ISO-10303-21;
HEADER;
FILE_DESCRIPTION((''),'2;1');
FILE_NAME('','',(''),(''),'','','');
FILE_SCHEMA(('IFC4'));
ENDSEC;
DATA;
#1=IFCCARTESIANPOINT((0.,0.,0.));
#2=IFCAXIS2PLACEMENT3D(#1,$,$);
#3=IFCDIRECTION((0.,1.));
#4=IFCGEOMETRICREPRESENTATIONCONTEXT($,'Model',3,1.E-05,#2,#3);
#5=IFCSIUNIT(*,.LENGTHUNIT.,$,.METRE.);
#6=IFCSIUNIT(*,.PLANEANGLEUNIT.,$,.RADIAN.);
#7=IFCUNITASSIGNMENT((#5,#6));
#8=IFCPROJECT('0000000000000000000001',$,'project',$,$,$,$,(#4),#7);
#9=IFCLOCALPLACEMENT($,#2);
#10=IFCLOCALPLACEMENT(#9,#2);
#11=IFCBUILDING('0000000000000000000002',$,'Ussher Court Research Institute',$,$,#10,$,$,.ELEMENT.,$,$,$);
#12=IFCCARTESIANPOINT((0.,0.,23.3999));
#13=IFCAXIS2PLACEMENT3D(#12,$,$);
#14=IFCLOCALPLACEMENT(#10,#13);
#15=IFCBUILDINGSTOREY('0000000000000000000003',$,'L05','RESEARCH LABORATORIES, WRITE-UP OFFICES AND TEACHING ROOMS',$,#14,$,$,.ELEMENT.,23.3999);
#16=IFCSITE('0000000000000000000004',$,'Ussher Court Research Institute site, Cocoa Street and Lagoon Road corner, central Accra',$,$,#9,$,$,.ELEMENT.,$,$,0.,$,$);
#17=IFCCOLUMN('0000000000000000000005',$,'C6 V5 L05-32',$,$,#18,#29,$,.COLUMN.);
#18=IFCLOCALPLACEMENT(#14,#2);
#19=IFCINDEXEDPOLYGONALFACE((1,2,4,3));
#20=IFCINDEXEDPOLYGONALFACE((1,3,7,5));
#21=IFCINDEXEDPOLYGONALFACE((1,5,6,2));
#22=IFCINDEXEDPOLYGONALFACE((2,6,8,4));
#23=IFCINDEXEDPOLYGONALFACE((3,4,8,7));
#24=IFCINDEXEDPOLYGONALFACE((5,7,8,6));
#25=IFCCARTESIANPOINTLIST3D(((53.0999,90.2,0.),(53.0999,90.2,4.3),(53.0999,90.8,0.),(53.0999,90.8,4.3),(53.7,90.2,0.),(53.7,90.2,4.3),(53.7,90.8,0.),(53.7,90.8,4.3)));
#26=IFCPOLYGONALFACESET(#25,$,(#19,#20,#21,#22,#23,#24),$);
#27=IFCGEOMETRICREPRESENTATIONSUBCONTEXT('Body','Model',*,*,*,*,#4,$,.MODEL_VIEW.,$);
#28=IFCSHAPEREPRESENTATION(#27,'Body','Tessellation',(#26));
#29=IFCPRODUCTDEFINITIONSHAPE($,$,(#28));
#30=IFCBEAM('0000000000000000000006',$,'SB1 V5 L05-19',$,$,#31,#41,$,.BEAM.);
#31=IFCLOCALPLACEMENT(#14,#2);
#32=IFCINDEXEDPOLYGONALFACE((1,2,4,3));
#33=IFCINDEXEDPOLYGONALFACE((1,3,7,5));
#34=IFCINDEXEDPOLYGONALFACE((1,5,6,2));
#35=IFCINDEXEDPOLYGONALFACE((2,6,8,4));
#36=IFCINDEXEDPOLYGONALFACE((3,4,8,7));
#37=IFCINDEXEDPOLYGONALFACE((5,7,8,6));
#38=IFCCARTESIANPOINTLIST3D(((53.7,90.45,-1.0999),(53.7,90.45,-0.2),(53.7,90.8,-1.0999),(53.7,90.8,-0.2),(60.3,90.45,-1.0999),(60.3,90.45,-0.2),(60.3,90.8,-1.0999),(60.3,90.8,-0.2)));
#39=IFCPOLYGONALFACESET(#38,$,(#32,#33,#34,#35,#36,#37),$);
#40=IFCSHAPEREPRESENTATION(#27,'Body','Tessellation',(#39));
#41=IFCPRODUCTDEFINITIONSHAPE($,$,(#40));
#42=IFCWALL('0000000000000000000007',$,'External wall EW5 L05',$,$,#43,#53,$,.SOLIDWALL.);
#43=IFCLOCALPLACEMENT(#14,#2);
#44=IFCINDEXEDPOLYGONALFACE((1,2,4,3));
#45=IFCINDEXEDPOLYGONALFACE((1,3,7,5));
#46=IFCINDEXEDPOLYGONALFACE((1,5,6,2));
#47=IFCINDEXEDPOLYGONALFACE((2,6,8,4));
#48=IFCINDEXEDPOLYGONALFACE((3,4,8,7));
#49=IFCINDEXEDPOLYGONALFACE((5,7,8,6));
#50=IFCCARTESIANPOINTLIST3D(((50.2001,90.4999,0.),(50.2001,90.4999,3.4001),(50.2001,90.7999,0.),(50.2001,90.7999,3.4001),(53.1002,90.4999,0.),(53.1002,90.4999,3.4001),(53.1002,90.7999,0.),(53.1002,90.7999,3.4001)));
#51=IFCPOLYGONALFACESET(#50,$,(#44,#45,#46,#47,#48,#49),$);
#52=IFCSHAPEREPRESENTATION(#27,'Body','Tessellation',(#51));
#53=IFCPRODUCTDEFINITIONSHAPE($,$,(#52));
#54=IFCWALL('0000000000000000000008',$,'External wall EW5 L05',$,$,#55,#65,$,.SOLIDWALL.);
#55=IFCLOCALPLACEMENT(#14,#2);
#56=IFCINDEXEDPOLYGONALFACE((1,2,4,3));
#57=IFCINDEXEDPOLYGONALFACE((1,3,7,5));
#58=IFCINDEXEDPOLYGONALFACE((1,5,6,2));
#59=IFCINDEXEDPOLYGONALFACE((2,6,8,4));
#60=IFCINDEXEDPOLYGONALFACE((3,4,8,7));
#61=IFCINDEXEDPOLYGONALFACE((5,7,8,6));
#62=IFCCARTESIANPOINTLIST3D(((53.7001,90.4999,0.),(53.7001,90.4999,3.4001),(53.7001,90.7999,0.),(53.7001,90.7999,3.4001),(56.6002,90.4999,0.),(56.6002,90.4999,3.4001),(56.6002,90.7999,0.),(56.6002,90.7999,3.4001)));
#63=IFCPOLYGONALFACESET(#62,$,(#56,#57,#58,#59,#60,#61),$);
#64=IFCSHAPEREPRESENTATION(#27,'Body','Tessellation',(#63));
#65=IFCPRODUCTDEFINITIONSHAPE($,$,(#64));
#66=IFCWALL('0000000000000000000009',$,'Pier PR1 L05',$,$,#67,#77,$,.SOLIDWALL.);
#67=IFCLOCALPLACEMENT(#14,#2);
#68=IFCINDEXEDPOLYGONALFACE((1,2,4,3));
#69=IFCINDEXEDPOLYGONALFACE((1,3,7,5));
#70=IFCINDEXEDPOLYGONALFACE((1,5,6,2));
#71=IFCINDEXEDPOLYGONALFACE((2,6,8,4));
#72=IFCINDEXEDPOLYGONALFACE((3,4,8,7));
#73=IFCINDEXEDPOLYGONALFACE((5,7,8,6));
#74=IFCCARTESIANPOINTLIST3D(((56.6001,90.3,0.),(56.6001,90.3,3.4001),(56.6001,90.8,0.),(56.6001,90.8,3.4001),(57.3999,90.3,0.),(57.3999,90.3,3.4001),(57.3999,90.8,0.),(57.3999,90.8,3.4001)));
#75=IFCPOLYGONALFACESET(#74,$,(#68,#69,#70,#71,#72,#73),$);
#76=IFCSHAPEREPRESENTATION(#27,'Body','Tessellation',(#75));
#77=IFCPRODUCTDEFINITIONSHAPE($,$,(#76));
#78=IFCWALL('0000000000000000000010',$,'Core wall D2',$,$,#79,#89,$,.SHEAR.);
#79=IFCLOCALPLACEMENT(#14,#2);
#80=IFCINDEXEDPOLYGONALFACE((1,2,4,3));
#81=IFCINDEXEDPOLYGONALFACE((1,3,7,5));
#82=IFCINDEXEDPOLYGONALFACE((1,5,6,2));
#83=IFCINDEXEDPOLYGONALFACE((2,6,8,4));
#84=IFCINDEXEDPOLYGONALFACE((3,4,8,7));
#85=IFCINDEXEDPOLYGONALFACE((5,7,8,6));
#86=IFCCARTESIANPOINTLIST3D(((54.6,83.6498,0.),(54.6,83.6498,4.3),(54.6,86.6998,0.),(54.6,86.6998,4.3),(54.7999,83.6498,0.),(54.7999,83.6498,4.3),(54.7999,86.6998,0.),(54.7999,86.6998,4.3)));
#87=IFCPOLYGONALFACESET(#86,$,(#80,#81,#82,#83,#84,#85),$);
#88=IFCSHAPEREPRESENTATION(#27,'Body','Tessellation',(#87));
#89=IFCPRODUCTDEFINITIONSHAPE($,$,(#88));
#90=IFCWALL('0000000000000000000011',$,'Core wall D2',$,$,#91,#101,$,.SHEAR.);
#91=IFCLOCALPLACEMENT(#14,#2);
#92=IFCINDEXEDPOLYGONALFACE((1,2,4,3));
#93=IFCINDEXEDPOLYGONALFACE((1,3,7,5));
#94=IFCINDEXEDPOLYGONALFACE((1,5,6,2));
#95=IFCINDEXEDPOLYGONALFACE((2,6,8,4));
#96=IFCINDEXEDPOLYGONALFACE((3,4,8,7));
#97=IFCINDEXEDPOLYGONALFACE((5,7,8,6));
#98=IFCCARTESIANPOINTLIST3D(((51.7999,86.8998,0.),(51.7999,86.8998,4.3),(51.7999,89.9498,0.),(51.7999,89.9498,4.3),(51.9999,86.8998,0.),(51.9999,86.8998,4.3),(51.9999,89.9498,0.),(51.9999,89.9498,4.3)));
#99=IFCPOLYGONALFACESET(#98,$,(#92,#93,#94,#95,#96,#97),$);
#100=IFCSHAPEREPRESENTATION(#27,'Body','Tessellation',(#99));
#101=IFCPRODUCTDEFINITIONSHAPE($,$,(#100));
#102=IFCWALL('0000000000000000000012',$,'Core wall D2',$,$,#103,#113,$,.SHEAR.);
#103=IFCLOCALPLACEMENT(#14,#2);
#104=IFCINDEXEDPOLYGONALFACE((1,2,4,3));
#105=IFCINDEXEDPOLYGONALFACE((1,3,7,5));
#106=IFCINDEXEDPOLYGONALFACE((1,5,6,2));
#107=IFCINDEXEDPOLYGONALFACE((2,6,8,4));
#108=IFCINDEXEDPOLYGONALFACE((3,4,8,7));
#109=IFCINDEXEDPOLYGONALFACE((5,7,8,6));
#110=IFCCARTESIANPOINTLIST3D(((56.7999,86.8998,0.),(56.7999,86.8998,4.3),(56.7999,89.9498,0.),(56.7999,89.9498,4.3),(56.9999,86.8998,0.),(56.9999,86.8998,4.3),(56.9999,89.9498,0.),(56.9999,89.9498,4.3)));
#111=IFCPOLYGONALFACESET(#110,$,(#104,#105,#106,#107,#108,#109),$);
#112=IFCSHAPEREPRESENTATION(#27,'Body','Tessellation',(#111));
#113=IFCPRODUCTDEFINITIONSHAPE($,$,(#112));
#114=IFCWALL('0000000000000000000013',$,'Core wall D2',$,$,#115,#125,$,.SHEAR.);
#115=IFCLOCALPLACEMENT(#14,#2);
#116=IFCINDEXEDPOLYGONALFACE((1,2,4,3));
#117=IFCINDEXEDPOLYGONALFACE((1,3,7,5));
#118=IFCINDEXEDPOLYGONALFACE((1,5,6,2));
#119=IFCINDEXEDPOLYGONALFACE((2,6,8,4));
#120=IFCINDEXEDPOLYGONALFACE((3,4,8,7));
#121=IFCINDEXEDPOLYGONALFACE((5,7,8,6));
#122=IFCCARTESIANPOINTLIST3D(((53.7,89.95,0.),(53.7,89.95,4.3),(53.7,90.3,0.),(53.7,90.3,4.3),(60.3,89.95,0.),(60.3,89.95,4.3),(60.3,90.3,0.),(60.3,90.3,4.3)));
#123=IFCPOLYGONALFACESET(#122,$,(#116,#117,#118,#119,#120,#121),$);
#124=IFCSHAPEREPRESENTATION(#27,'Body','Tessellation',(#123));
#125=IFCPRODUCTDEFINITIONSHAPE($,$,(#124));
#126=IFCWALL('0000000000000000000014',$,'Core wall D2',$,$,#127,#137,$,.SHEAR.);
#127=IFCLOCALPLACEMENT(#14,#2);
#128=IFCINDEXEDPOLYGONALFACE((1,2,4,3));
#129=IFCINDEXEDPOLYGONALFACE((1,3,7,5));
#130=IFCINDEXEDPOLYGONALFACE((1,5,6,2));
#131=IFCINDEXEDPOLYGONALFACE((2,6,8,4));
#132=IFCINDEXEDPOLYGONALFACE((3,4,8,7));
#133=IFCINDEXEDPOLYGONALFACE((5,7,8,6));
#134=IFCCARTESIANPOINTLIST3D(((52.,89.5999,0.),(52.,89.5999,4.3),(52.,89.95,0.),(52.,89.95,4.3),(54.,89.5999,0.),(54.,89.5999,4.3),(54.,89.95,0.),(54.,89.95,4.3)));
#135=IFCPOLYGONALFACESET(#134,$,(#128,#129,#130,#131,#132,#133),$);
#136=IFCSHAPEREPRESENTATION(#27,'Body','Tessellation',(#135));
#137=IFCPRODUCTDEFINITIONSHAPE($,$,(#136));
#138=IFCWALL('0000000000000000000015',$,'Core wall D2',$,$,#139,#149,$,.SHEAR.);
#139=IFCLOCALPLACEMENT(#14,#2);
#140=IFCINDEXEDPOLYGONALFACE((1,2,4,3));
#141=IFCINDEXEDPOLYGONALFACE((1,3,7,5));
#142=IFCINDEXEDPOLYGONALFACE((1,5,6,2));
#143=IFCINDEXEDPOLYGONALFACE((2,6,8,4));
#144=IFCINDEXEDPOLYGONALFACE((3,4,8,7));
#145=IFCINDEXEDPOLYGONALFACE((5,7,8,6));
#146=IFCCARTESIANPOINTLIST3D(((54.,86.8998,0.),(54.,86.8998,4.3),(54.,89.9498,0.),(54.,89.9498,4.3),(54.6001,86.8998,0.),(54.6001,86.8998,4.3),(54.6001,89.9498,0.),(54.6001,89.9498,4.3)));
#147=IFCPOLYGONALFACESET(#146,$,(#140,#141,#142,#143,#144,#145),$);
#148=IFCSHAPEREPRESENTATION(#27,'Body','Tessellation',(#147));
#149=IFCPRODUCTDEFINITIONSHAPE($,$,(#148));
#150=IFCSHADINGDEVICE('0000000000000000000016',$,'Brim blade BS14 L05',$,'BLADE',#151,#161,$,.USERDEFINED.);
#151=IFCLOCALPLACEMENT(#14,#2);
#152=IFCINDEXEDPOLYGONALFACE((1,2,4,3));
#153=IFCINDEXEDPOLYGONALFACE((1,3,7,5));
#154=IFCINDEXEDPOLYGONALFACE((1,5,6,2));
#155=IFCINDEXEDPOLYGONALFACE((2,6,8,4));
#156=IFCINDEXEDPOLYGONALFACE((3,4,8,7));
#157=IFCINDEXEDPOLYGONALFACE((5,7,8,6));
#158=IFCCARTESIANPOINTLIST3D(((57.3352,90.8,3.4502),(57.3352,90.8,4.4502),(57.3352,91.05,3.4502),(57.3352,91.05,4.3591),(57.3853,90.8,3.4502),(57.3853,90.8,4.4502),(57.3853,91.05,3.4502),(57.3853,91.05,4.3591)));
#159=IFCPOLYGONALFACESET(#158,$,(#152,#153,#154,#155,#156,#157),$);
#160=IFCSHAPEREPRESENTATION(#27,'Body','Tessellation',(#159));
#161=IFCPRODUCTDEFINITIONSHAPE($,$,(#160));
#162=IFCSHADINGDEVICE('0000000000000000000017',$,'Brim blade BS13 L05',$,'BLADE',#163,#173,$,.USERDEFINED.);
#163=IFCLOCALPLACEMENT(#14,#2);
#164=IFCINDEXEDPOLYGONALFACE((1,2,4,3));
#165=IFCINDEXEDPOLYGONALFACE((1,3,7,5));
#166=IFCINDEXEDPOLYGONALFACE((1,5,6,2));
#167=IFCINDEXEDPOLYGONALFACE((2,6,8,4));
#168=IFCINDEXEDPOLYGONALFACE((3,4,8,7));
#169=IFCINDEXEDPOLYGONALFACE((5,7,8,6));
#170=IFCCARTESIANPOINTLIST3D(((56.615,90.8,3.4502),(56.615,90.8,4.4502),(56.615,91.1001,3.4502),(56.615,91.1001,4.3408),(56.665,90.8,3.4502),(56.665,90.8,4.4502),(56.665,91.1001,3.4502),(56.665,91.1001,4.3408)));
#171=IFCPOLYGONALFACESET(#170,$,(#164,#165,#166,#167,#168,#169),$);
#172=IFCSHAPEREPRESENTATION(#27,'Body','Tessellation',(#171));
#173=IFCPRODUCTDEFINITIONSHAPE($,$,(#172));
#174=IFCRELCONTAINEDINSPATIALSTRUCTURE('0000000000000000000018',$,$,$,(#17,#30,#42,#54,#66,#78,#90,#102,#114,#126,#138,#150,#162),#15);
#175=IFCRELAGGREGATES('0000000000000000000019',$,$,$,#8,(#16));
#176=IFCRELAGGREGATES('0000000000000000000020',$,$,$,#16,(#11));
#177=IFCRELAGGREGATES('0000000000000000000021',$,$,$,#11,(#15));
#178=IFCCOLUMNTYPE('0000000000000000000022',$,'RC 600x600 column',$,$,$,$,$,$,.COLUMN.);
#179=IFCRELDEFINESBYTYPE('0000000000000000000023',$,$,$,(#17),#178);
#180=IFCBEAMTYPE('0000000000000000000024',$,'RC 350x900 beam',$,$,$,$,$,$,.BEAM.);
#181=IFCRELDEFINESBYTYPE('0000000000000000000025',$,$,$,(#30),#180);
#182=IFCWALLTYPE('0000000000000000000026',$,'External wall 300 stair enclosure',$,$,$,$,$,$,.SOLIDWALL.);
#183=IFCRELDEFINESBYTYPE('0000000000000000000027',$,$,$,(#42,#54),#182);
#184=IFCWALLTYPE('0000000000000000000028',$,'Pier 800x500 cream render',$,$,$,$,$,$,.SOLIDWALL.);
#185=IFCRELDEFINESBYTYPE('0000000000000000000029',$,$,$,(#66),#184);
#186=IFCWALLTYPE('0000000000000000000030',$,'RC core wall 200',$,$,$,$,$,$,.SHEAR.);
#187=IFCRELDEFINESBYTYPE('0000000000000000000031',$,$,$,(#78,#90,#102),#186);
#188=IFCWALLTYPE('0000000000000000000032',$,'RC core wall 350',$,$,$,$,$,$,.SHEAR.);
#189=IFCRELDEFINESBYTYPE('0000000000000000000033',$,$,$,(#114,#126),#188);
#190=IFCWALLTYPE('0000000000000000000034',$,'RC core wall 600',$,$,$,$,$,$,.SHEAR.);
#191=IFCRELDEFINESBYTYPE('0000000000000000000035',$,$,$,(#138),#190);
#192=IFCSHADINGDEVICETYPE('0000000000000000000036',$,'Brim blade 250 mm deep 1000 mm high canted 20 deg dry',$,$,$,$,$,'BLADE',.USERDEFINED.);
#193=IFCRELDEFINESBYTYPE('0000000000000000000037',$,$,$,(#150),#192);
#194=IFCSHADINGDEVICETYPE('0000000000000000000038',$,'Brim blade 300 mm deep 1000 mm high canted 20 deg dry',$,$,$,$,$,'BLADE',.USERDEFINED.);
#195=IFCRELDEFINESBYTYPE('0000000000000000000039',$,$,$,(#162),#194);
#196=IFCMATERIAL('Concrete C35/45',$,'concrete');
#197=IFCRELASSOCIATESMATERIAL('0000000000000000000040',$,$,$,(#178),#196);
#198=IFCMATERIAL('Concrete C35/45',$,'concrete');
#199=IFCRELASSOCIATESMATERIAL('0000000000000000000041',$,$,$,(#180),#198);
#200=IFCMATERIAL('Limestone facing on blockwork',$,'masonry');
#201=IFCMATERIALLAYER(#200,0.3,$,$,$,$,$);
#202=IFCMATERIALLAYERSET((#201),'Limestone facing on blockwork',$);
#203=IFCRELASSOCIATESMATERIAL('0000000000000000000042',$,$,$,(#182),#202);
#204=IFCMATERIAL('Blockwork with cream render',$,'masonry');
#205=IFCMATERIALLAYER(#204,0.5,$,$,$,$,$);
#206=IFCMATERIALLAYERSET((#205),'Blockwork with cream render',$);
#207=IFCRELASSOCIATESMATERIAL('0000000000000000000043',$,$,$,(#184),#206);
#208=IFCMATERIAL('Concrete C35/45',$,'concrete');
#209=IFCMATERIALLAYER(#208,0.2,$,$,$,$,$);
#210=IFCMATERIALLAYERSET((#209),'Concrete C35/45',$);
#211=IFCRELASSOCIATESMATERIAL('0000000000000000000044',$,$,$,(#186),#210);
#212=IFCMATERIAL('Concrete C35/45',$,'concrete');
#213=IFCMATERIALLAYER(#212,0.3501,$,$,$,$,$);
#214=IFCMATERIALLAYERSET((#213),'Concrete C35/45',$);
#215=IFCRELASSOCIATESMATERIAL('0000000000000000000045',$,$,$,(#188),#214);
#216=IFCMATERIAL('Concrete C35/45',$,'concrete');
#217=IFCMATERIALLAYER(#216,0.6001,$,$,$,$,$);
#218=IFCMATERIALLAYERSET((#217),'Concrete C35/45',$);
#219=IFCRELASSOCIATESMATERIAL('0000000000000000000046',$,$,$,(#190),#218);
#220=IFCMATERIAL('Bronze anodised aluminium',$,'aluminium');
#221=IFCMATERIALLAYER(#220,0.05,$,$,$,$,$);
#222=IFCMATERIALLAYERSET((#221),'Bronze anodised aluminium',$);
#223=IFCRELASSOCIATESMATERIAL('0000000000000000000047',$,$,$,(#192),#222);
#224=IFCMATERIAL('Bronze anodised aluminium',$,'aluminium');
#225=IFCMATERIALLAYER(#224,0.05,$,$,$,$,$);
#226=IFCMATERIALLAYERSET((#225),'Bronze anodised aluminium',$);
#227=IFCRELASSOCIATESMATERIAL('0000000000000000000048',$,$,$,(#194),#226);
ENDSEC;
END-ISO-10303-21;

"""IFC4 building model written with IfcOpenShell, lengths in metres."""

from ifc_helpers import new_model, si_unit, direction, frame, frame_2d, origin, origin_2d, place, context, subcontext, project, spatial, polyline, rectangle, outline, extrude, material, layer, layer_set, material_profile, profile_set, type_object, element, save


model = new_model("IFC4")

# Units and contexts
model_context = context("Model", 3, precision=1e-05, world=origin(), true_north=direction((0.0, 1.0)))
body_context = subcontext(model_context, "Body", "Model", "MODEL_VIEW")
ifc_project = project(units=[si_unit("LENGTHUNIT", "METRE"), si_unit("PLANEANGLEUNIT", "RADIAN")], contexts=[model_context])

# Site, building, storey
site_placement = place(None, origin())
site = spatial("IfcSite", under=ifc_project, at=site_placement, Name="Ussher Court Research Institute site, Cocoa Street and Lagoon Road corner, central Accra", CompositionType="ELEMENT", RefElevation=0.0)
building_placement = place(site_placement, origin())
building = spatial("IfcBuilding", under=site, at=building_placement, Name="Ussher Court Research Institute", CompositionType="ELEMENT")
storey_placement = place(building_placement, frame((0.0, 0.0, 23.3999)))
storey = spatial("IfcBuildingStorey", under=building, at=storey_placement, Name="L05", Description="RESEARCH LABORATORIES, WRITE-UP OFFICES AND TEACHING ROOMS", CompositionType="ELEMENT", Elevation=23.3999)

# Column
ifc_material_1 = material(Name="Concrete C35/45", Category="concrete")
ifc_material_profile_1 = material_profile(ifc_material_1, rectangle(XDim=0.6001, YDim=0.6001, at=origin_2d()), Name="RC 600x600")
ifc_profile_set_1 = profile_set([ifc_material_profile_1], Name="Concrete C35/45")
column_type = type_object("IfcColumnType", Name="RC 600x600 column", PredefinedType="COLUMN", material=ifc_profile_set_1)
column_placement = place(storey_placement, frame((53.3999, 90.5, 0.0), z_axis=(0.0, 0.0, 1.0), x_axis=(1.0, 0.0, 0.0)))
element("IfcColumn", 1, at=column_placement, inside=storey, type_object=column_type, Name="C6 V5 L05-32", PredefinedType="COLUMN", context=body_context, shape_type="SweptSolid", body=[
    extrude(rectangle(XDim=0.6001, YDim=0.6001, at=origin_2d()), origin(), (0.0, 0.0, 1.0), 4.3),
])

# Beam
ifc_material_2 = material(Name="Concrete C35/45", Category="concrete")
ifc_material_profile_2 = material_profile(ifc_material_2, rectangle(XDim=0.3501, YDim=0.8999, at=origin_2d()), Name="RC 350x900")
ifc_profile_set_2 = profile_set([ifc_material_profile_2], Name="Concrete C35/45")
beam_type = type_object("IfcBeamType", Name="RC 350x900 beam", PredefinedType="BEAM", material=ifc_profile_set_2)
beam_placement = place(storey_placement, frame((53.7, 90.625, -0.6499), z_axis=(1.0, 0.0, 0.0), x_axis=(0.0, 1.0, 0.0)))
element("IfcBeam", 2, at=beam_placement, inside=storey, type_object=beam_type, Name="SB1 V5 L05-19", PredefinedType="BEAM", context=body_context, shape_type="SweptSolid", body=[
    extrude(rectangle(XDim=0.3501, YDim=0.8999, at=origin_2d()), origin(), (0.0, 0.0, 1.0), 6.6001),
])

# Walls
ifc_material_3 = material(Name="Limestone facing on blockwork", Category="masonry")
ifc_layer_1 = layer(ifc_material_3, 0.3)
ifc_layer_set_1 = layer_set([ifc_layer_1], Name="Limestone facing on blockwork")
wall_type_1 = type_object("IfcWallType", Name="External wall 300 stair enclosure", PredefinedType="SOLIDWALL", material=ifc_layer_set_1)
for number, where, z_axis, x_axis, name in (
    (3, (50.2, 90.6499, 0.0), (0.0, 0.0, 1.0), (1.0, 0.0, 0.0), "External wall EW5 L05"),
    (4, (53.7, 90.6499, 0.0), (0.0, 0.0, 1.0), (1.0, 0.0, 0.0), "External wall EW5 L05"),
):
    element("IfcWall", number, at=place(storey_placement, frame(where, z_axis=z_axis, x_axis=x_axis)), inside=storey, type_object=wall_type_1, Name=name, PredefinedType="SOLIDWALL", context=body_context, shape_type="SweptSolid", body=[
        extrude(rectangle(XDim=2.9001, YDim=0.3, at=frame_2d((1.4502, 0.0))), origin(), (0.0, 0.0, 1.0), 3.4001),
    ])
ifc_material_4 = material(Name="Blockwork with cream render", Category="masonry")
ifc_layer_2 = layer(ifc_material_4, 0.5)
ifc_layer_set_2 = layer_set([ifc_layer_2], Name="Blockwork with cream render")
wall_type_2 = type_object("IfcWallType", Name="Pier 800x500 cream render", PredefinedType="SOLIDWALL", material=ifc_layer_set_2)
wall_1_placement = place(storey_placement, frame((56.6001, 90.55, 0.0), z_axis=(0.0, 0.0, 1.0), x_axis=(1.0, 0.0, 0.0)))
element("IfcWall", 5, at=wall_1_placement, inside=storey, type_object=wall_type_2, Name="Pier PR1 L05", PredefinedType="SOLIDWALL", context=body_context, shape_type="SweptSolid", body=[
    extrude(rectangle(XDim=0.7998, YDim=0.5, at=frame_2d((0.3999, 0.0))), origin(), (0.0, 0.0, 1.0), 3.4001),
])
ifc_material_5 = material(Name="Concrete C35/45", Category="concrete")
ifc_layer_3 = layer(ifc_material_5, 0.2)
ifc_layer_set_3 = layer_set([ifc_layer_3], Name="Concrete C35/45")
wall_type_3 = type_object("IfcWallType", Name="RC core wall 200", PredefinedType="SHEAR", material=ifc_layer_set_3)
for number, where, z_axis, x_axis, name in (
    (6, (54.7, 83.6499, 0.0), (0.0, 0.0, 1.0), (0.0, 1.0, 0.0), "Core wall D2"),
    (7, (51.8999, 86.8999, 0.0), (0.0, 0.0, 1.0), (0.0, 1.0, 0.0), "Core wall D2"),
    (8, (56.8999, 86.8999, 0.0), (0.0, 0.0, 1.0), (0.0, 1.0, 0.0), "Core wall D2"),
):
    element("IfcWall", number, at=place(storey_placement, frame(where, z_axis=z_axis, x_axis=x_axis)), inside=storey, type_object=wall_type_3, Name=name, PredefinedType="SHEAR", context=body_context, shape_type="SweptSolid", body=[
        extrude(rectangle(XDim=3.05, YDim=0.2, at=frame_2d((1.5249, 0.0))), origin(), (0.0, 0.0, 1.0), 4.3),
    ])
ifc_material_6 = material(Name="Concrete C35/45", Category="concrete")
ifc_layer_4 = layer(ifc_material_6, 0.3501)
ifc_layer_set_4 = layer_set([ifc_layer_4], Name="Concrete C35/45")
wall_type_4 = type_object("IfcWallType", Name="RC core wall 350", PredefinedType="SHEAR", material=ifc_layer_set_4)
wall_2_placement = place(storey_placement, frame((53.7, 90.125, 0.0), z_axis=(0.0, 0.0, 1.0), x_axis=(1.0, 0.0, 0.0)))
element("IfcWall", 9, at=wall_2_placement, inside=storey, type_object=wall_type_4, Name="Core wall D2", PredefinedType="SHEAR", context=body_context, shape_type="SweptSolid", body=[
    extrude(rectangle(XDim=6.6001, YDim=0.3501, at=frame_2d((3.3, 0.0))), origin(), (0.0, 0.0, 1.0), 4.3),
])
wall_3_placement = place(storey_placement, frame((52.0, 89.7749, 0.0), z_axis=(0.0, 0.0, 1.0), x_axis=(1.0, 0.0, 0.0)))
element("IfcWall", 10, at=wall_3_placement, inside=storey, type_object=wall_type_4, Name="Core wall D2", PredefinedType="SHEAR", context=body_context, shape_type="SweptSolid", body=[
    extrude(rectangle(XDim=2.0, YDim=0.3501, at=frame_2d((1.0, 0.0))), origin(), (0.0, 0.0, 1.0), 4.3),
])
ifc_material_7 = material(Name="Concrete C35/45", Category="concrete")
ifc_layer_5 = layer(ifc_material_7, 0.6001)
ifc_layer_set_5 = layer_set([ifc_layer_5], Name="Concrete C35/45")
wall_type_5 = type_object("IfcWallType", Name="RC core wall 600", PredefinedType="SHEAR", material=ifc_layer_set_5)
wall_4_placement = place(storey_placement, frame((54.3, 86.8999, 0.0), z_axis=(0.0, 0.0, 1.0), x_axis=(0.0, 1.0, 0.0)))
element("IfcWall", 11, at=wall_4_placement, inside=storey, type_object=wall_type_5, Name="Core wall D2", PredefinedType="SHEAR", context=body_context, shape_type="SweptSolid", body=[
    extrude(rectangle(XDim=3.05, YDim=0.6001, at=frame_2d((1.5249, 0.0))), origin(), (0.0, 0.0, 1.0), 4.3),
])

# Shading devices
ifc_material_8 = material(Name="Bronze anodised aluminium", Category="aluminium")
ifc_layer_6 = layer(ifc_material_8, 0.05)
ifc_layer_set_6 = layer_set([ifc_layer_6], Name="Bronze anodised aluminium")
shading_device_type_1 = type_object("IfcShadingDeviceType", Name="Brim blade 250 mm deep 1000 mm high canted 20 deg dry", ElementType="BLADE", PredefinedType="USERDEFINED", material=ifc_layer_set_6)
shading_device_1_placement = place(storey_placement, frame((57.3601, 90.8, 3.4502), z_axis=(0.0, 0.0, 1.0), x_axis=(0.0, 1.0, 0.0)))
element("IfcShadingDevice", 12, at=shading_device_1_placement, inside=storey, type_object=shading_device_type_1, Name="Brim blade BS14 L05", ObjectType="BLADE", PredefinedType="USERDEFINED", context=body_context, shape_type="SweptSolid", body=[
    extrude(outline(polyline([(0.0, 0.0), (0.25, 0.0), (0.25, 0.9089), (0.0, 1.0), (0.0, 0.0)])), frame((0.0, 0.0249, 0.0), z_axis=(0.0, -1.0, 0.0), x_axis=(1.0, 0.0, 0.0)), (0.0, 0.0, 1.0), 0.05),
])
ifc_material_9 = material(Name="Bronze anodised aluminium", Category="aluminium")
ifc_layer_7 = layer(ifc_material_9, 0.05)
ifc_layer_set_7 = layer_set([ifc_layer_7], Name="Bronze anodised aluminium")
shading_device_type_2 = type_object("IfcShadingDeviceType", Name="Brim blade 300 mm deep 1000 mm high canted 20 deg dry", ElementType="BLADE", PredefinedType="USERDEFINED", material=ifc_layer_set_7)
shading_device_2_placement = place(storey_placement, frame((56.6399, 90.8, 3.4502), z_axis=(0.0, 0.0, 1.0), x_axis=(0.0, 1.0, 0.0)))
element("IfcShadingDevice", 13, at=shading_device_2_placement, inside=storey, type_object=shading_device_type_2, Name="Brim blade BS13 L05", ObjectType="BLADE", PredefinedType="USERDEFINED", context=body_context, shape_type="SweptSolid", body=[
    extrude(outline(polyline([(0.0, 0.0), (0.3, 0.0), (0.3, 0.8906), (0.0, 1.0), (0.0, 0.0)])), frame((0.0, 0.0249, 0.0), z_axis=(0.0, -1.0, 0.0), x_axis=(1.0, 0.0, 0.0)), (0.0, 0.0, 1.0), 0.05),
])

save(model, "model.ifc")
